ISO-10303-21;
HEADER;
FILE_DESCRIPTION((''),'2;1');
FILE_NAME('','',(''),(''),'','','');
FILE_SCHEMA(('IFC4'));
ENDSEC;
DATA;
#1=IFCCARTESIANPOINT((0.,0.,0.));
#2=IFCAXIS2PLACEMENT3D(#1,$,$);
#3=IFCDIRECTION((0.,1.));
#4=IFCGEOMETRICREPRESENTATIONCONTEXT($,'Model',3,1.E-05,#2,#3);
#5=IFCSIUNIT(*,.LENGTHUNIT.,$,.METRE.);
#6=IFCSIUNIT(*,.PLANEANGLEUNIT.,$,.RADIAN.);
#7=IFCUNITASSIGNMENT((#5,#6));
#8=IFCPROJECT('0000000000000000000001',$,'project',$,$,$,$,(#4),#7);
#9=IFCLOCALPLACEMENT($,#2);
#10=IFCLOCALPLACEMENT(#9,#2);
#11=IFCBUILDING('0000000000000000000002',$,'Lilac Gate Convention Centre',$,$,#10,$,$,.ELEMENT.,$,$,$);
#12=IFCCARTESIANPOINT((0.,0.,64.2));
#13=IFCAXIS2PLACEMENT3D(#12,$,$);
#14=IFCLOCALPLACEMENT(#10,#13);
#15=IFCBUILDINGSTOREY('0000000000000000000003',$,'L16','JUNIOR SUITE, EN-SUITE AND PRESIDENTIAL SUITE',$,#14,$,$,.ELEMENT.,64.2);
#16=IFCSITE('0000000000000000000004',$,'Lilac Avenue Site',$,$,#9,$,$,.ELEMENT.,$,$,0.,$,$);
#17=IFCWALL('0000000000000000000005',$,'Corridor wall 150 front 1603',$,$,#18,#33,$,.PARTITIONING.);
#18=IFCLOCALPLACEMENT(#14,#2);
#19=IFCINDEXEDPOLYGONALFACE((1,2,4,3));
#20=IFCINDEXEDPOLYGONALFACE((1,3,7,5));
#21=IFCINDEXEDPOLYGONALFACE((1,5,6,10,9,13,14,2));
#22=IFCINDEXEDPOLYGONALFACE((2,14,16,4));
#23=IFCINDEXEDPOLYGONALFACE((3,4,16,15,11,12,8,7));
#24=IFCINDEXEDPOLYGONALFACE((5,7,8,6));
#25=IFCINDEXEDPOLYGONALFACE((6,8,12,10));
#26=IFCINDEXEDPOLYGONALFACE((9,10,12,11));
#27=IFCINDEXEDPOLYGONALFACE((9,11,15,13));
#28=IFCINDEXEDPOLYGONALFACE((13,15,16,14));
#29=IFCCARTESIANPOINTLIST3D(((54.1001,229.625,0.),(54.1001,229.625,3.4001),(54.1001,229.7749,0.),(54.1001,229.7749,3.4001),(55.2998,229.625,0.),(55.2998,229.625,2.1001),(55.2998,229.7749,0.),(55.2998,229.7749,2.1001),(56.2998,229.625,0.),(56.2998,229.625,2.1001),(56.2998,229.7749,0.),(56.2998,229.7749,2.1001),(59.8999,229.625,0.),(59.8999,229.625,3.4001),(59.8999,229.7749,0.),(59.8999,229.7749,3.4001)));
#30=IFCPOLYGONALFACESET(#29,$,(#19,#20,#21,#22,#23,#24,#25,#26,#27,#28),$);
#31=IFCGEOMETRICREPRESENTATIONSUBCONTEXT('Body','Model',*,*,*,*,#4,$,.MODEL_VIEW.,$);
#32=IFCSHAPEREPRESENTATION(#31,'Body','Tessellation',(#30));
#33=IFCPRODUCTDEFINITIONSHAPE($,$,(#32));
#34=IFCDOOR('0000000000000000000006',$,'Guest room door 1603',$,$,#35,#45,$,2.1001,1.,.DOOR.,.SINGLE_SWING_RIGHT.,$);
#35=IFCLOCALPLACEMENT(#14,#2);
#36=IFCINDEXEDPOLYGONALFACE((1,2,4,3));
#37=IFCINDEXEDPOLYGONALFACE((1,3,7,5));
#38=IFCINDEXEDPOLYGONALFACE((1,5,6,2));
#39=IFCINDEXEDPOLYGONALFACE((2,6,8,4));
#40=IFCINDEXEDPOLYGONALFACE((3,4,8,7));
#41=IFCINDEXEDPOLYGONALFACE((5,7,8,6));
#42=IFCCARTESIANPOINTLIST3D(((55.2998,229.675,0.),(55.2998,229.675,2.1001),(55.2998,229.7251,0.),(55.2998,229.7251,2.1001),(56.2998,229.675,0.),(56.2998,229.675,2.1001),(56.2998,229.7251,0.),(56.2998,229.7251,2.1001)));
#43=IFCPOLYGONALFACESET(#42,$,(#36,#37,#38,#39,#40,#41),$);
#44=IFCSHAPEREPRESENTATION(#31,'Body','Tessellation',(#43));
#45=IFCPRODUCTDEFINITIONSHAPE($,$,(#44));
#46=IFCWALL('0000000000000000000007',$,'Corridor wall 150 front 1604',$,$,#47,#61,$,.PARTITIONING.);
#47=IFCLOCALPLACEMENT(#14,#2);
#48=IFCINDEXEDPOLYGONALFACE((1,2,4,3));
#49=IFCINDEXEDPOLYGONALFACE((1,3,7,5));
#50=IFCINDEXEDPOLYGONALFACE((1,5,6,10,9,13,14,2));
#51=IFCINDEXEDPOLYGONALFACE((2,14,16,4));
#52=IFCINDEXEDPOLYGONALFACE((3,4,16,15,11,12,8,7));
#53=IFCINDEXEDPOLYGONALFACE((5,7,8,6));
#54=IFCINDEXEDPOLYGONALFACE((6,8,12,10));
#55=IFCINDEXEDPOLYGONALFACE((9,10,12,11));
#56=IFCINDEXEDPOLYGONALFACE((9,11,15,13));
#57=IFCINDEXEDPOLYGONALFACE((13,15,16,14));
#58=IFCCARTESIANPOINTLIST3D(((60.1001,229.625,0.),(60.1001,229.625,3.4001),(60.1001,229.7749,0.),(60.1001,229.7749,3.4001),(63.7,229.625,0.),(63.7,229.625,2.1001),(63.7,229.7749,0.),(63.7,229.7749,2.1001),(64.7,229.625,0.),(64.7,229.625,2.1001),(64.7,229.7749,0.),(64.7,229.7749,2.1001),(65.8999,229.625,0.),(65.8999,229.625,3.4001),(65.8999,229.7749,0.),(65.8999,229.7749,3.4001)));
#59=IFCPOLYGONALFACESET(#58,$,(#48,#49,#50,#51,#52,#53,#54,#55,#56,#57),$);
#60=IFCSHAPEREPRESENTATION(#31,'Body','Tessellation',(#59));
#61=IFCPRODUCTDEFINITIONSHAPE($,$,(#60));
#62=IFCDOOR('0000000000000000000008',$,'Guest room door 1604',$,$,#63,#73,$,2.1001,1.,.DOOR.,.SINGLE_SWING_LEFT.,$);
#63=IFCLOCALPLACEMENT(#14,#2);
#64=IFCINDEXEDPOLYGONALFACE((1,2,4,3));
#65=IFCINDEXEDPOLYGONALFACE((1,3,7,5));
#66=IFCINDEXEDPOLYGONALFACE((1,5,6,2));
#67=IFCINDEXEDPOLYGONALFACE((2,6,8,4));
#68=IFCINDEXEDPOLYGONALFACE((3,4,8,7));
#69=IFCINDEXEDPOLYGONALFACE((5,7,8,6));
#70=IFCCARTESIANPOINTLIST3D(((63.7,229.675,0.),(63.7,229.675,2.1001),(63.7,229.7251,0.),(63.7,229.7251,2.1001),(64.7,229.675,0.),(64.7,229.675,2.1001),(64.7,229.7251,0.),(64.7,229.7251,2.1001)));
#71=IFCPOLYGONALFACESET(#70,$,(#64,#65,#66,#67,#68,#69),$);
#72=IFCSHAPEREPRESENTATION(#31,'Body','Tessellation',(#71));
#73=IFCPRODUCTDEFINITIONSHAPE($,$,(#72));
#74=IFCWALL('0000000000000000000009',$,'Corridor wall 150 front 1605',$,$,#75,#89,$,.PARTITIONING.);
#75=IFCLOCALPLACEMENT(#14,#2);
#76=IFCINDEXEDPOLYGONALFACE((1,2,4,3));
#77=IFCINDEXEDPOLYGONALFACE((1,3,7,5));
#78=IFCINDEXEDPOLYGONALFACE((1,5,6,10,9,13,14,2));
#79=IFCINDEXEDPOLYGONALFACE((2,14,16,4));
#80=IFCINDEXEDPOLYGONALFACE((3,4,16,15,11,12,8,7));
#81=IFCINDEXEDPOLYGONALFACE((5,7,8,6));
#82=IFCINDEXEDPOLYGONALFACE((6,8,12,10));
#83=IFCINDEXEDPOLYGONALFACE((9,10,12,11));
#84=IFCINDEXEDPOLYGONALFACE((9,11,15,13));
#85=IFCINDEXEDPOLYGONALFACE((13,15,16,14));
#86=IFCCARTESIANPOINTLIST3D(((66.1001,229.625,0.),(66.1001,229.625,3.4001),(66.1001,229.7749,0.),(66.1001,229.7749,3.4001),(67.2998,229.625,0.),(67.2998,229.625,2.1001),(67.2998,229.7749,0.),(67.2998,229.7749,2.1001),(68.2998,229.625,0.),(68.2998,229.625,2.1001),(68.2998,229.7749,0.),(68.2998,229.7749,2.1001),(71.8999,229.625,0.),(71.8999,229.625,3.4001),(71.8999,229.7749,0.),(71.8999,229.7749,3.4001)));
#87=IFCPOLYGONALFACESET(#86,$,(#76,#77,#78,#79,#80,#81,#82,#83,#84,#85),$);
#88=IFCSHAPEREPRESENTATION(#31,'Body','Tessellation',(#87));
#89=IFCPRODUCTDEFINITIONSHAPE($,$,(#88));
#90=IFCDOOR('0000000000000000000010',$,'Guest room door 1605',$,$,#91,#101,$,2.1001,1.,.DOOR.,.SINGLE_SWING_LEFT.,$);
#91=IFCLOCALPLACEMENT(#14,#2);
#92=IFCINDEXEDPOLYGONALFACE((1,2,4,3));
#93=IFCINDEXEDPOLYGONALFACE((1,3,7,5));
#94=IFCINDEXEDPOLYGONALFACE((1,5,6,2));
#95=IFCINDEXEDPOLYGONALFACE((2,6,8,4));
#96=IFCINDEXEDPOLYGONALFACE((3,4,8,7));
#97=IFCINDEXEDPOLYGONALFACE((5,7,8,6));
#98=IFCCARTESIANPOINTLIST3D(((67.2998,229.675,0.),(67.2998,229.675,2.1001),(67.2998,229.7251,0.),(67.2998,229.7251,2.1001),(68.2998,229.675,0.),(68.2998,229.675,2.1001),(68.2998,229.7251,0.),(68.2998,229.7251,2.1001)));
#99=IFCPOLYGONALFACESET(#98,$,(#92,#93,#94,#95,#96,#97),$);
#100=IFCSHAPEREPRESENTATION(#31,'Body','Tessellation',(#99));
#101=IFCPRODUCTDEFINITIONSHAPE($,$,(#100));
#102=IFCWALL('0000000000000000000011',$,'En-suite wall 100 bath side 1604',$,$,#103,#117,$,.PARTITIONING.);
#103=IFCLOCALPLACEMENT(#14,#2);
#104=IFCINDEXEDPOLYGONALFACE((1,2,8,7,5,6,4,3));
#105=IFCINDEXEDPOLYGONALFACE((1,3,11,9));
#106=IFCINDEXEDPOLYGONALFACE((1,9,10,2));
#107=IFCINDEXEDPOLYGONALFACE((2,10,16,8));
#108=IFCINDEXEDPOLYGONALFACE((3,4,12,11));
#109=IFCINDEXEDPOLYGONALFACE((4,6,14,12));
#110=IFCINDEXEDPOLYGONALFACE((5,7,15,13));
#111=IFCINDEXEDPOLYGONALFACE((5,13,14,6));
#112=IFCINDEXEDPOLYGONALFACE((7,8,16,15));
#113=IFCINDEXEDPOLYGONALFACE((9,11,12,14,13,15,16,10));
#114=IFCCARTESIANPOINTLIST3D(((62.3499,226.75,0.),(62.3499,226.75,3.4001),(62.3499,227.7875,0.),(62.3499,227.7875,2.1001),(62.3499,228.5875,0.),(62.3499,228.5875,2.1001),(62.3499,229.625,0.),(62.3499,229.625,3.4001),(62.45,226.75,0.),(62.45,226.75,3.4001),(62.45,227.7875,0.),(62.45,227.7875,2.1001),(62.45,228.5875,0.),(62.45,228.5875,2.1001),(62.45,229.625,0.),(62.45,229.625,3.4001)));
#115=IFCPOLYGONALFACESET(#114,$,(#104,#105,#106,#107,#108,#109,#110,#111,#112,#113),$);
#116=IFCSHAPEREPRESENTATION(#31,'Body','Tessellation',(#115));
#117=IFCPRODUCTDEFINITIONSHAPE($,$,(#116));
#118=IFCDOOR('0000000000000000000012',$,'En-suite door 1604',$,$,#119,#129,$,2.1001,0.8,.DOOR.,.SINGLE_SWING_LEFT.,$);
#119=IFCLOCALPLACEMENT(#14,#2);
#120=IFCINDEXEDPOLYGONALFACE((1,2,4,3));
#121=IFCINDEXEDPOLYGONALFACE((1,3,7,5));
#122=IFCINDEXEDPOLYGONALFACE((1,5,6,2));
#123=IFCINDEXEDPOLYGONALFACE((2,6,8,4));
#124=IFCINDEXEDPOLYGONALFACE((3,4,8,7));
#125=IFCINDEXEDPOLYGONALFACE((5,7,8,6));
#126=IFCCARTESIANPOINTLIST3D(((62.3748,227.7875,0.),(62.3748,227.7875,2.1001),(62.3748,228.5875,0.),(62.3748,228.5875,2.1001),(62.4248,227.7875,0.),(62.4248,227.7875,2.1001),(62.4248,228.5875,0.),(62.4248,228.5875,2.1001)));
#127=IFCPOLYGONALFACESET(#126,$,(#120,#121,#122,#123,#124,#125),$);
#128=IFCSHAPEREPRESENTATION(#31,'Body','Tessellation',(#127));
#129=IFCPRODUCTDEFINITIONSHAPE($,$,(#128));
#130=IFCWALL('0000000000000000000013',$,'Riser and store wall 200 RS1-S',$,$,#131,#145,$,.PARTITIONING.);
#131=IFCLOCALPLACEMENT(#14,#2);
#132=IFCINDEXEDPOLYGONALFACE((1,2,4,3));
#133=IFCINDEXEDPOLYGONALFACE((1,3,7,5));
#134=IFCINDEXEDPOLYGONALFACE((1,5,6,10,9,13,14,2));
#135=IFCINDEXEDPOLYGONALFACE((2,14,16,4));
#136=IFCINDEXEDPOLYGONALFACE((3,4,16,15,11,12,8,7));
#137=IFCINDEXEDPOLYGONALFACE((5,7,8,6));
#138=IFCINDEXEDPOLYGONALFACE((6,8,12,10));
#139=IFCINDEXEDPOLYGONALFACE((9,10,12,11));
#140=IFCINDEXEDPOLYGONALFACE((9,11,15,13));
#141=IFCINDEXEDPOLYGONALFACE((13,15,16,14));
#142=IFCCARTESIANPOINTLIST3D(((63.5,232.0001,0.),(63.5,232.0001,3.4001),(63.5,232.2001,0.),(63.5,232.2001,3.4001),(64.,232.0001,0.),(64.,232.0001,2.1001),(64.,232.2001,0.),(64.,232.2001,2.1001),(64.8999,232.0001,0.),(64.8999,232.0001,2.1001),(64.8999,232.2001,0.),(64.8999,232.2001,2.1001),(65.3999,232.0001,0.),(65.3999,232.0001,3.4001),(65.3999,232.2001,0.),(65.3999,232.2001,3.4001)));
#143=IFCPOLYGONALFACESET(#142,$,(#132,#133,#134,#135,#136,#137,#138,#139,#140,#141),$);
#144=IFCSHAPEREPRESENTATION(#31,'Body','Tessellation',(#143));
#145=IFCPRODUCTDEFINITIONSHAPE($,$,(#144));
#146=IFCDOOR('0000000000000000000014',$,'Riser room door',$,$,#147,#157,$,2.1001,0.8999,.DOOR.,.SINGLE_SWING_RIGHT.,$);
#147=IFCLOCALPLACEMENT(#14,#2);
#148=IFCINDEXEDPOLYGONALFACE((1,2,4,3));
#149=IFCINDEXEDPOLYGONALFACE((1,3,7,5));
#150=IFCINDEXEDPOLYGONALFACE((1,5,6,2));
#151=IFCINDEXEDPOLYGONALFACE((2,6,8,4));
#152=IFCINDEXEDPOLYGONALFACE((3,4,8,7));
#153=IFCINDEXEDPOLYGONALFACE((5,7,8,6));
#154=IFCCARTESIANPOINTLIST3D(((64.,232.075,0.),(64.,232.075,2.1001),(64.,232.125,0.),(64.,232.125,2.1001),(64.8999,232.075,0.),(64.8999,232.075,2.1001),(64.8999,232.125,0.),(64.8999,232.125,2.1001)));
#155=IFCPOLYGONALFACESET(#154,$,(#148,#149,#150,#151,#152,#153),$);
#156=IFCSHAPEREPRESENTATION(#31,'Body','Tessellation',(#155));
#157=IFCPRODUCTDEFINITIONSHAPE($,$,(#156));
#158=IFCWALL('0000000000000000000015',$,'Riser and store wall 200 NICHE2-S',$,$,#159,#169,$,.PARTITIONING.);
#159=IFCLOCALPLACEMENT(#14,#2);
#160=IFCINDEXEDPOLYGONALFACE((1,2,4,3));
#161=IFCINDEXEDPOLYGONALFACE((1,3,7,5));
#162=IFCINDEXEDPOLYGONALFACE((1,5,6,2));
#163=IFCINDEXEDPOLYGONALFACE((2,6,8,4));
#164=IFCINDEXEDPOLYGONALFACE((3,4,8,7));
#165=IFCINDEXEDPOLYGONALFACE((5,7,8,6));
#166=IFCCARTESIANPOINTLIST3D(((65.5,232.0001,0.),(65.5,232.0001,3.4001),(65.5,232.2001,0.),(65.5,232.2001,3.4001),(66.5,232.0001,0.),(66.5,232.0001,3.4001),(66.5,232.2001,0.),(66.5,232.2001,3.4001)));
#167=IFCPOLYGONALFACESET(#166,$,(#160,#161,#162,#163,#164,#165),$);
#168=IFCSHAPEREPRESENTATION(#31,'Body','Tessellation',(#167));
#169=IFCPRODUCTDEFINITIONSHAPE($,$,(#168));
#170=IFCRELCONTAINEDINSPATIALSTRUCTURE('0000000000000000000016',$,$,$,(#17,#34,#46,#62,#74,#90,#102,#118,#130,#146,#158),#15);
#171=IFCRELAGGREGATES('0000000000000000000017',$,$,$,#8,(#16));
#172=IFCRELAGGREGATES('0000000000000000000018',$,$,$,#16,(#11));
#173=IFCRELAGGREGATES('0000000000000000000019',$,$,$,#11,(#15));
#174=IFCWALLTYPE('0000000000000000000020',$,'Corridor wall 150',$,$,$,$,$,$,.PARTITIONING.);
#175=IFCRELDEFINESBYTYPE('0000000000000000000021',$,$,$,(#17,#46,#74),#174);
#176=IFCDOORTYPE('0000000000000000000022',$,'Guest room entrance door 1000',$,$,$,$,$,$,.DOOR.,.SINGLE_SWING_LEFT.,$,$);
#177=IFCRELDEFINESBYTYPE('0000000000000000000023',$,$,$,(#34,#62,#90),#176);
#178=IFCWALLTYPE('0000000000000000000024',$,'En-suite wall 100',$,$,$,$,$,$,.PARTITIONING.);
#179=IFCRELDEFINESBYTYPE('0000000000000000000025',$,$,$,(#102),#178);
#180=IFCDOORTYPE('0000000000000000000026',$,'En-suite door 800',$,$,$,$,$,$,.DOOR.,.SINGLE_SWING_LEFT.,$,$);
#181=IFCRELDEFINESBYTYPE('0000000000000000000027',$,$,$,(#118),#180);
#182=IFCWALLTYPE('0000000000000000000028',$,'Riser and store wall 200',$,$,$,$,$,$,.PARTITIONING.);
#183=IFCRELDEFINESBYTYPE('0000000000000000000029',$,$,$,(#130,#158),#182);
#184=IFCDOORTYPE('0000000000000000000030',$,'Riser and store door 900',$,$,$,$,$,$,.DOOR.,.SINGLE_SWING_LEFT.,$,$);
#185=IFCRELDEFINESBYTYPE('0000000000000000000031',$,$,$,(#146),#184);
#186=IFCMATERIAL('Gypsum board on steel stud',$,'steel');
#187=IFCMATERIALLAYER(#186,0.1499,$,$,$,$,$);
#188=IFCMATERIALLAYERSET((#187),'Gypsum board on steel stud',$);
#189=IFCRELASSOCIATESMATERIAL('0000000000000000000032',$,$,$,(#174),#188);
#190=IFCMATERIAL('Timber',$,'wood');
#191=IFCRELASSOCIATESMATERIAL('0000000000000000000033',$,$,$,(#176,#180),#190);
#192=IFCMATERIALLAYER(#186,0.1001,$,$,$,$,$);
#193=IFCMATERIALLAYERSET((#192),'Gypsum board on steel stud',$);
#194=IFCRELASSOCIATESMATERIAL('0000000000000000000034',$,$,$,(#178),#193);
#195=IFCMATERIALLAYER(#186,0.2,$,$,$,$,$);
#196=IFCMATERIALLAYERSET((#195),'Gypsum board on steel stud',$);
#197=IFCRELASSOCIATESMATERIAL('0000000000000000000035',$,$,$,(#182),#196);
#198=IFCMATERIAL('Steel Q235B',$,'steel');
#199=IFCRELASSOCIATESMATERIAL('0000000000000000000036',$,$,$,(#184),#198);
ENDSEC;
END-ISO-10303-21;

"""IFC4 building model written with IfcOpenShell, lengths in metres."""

from ifc_helpers import new_model, si_unit, direction, frame, frame_2d, origin, place, context, subcontext, project, spatial, rectangle, extrude, material, layer, layer_set, type_object, element, fill, save


model = new_model("IFC4")

# Units and contexts
model_context = context("Model", 3, precision=1e-05, world=origin(), true_north=direction((0.0, 1.0)))
body_context = subcontext(model_context, "Body", "Model", "MODEL_VIEW")
ifc_project = project(units=[si_unit("LENGTHUNIT", "METRE"), si_unit("PLANEANGLEUNIT", "RADIAN")], contexts=[model_context])

# Site, building, storey
site_placement = place(None, origin())
site = spatial("IfcSite", under=ifc_project, at=site_placement, Name="Lilac Avenue Site", CompositionType="ELEMENT", RefElevation=0.0)
building_placement = place(site_placement, origin())
building = spatial("IfcBuilding", under=site, at=building_placement, Name="Lilac Gate Convention Centre", CompositionType="ELEMENT")
storey_placement = place(building_placement, frame((0.0, 0.0, 64.2)))
storey = spatial("IfcBuildingStorey", under=building, at=storey_placement, Name="L16", Description="JUNIOR SUITE, EN-SUITE AND PRESIDENTIAL SUITE", CompositionType="ELEMENT", Elevation=64.2)

# Walls, openings, doors
ifc_material_1 = material(Name="Gypsum board on steel stud", Category="steel")
ifc_layer_1 = layer(ifc_material_1, 0.1499)
ifc_layer_set_1 = layer_set([ifc_layer_1], Name="Gypsum board on steel stud")
wall_type_1 = type_object("IfcWallType", Name="Corridor wall 150", PredefinedType="PARTITIONING", material=ifc_layer_set_1)
wall_1_placement = place(storey_placement, frame((59.8999, 229.7, 0.0), z_axis=(0.0, 0.0, 1.0), x_axis=(-1.0, 0.0, 0.0)))
wall_1 = element("IfcWall", 1, at=wall_1_placement, inside=storey, type_object=wall_type_1, Name="Corridor wall 150 front 1603", PredefinedType="PARTITIONING", context=body_context, shape_type="SweptSolid", body=[
    extrude(rectangle(XDim=5.7998, YDim=0.1499, at=frame_2d((2.8999, 0.0))), origin(), (0.0, 0.0, 1.0), 3.4001),
])
opening_1_placement = place(wall_1_placement, frame((3.6001, 0.0, 0.0)))
opening_1 = element("IfcOpeningElement", 2, at=opening_1_placement, cuts=wall_1, PredefinedType="OPENING", context=body_context, shape_type="SweptSolid", body=[
    extrude(rectangle(XDim=1.0, YDim=2.1001, at=frame_2d((0.5, 1.05))), frame((0.0, 0.085, 0.0), z_axis=(0.0, -1.0, 0.0), x_axis=(1.0, 0.0, 0.0)), (0.0, 0.0, 1.0), 0.1699),
])
ifc_material_2 = material(Name="Timber", Category="wood")
door_type_1 = type_object("IfcDoorType", Name="Guest room entrance door 1000", OperationType="SINGLE_SWING_LEFT", PredefinedType="DOOR", material=ifc_material_2)
door_1_placement = place(opening_1_placement, origin())
door_1 = element("IfcDoor", 3, at=door_1_placement, inside=storey, type_object=door_type_1, Name="Guest room door 1603", OperationType="SINGLE_SWING_RIGHT", OverallHeight=2.1001, OverallWidth=1.0, PredefinedType="DOOR", context=body_context, shape_type="SweptSolid", body=[
    extrude(rectangle(XDim=1.0, YDim=2.1001, at=frame_2d((0.5, 1.05))), frame((0.0, 0.0249, 0.0), z_axis=(0.0, -1.0, 0.0), x_axis=(1.0, 0.0, 0.0)), (0.0, 0.0, 1.0), 0.05),
])
fill(opening_1, door_1)
wall_2_placement = place(storey_placement, frame((65.8999, 229.7, 0.0), z_axis=(0.0, 0.0, 1.0), x_axis=(-1.0, 0.0, 0.0)))
wall_2 = element("IfcWall", 4, at=wall_2_placement, inside=storey, type_object=wall_type_1, Name="Corridor wall 150 front 1604", PredefinedType="PARTITIONING", context=body_context, shape_type="SweptSolid", body=[
    extrude(rectangle(XDim=5.7998, YDim=0.1499, at=frame_2d((2.8999, 0.0))), origin(), (0.0, 0.0, 1.0), 3.4001),
])
opening_2_placement = place(wall_2_placement, frame((1.2, 0.0, 0.0)))
opening_2 = element("IfcOpeningElement", 5, at=opening_2_placement, cuts=wall_2, PredefinedType="OPENING", context=body_context, shape_type="SweptSolid", body=[
    extrude(rectangle(XDim=1.0, YDim=2.1001, at=frame_2d((0.5, 1.05))), frame((0.0, 0.085, 0.0), z_axis=(0.0, -1.0, 0.0), x_axis=(1.0, 0.0, 0.0)), (0.0, 0.0, 1.0), 0.1699),
])
door_2_placement = place(opening_2_placement, origin())
door_2 = element("IfcDoor", 6, at=door_2_placement, inside=storey, type_object=door_type_1, Name="Guest room door 1604", OperationType="SINGLE_SWING_LEFT", OverallHeight=2.1001, OverallWidth=1.0, PredefinedType="DOOR", context=body_context, shape_type="SweptSolid", body=[
    extrude(rectangle(XDim=1.0, YDim=2.1001, at=frame_2d((0.5, 1.05))), frame((0.0, 0.0249, 0.0), z_axis=(0.0, -1.0, 0.0), x_axis=(1.0, 0.0, 0.0)), (0.0, 0.0, 1.0), 0.05),
])
fill(opening_2, door_2)
wall_3_placement = place(storey_placement, frame((71.8999, 229.7, 0.0), z_axis=(0.0, 0.0, 1.0), x_axis=(-1.0, 0.0, 0.0)))
wall_3 = element("IfcWall", 7, at=wall_3_placement, inside=storey, type_object=wall_type_1, Name="Corridor wall 150 front 1605", PredefinedType="PARTITIONING", context=body_context, shape_type="SweptSolid", body=[
    extrude(rectangle(XDim=5.7998, YDim=0.1499, at=frame_2d((2.8999, 0.0))), origin(), (0.0, 0.0, 1.0), 3.4001),
])
opening_3_placement = place(wall_3_placement, frame((3.6001, 0.0, 0.0)))
opening_3 = element("IfcOpeningElement", 8, at=opening_3_placement, cuts=wall_3, PredefinedType="OPENING", context=body_context, shape_type="SweptSolid", body=[
    extrude(rectangle(XDim=1.0, YDim=2.1001, at=frame_2d((0.5, 1.05))), frame((0.0, 0.085, 0.0), z_axis=(0.0, -1.0, 0.0), x_axis=(1.0, 0.0, 0.0)), (0.0, 0.0, 1.0), 0.1699),
])
door_3_placement = place(opening_3_placement, origin())
door_3 = element("IfcDoor", 9, at=door_3_placement, inside=storey, type_object=door_type_1, Name="Guest room door 1605", OperationType="SINGLE_SWING_LEFT", OverallHeight=2.1001, OverallWidth=1.0, PredefinedType="DOOR", context=body_context, shape_type="SweptSolid", body=[
    extrude(rectangle(XDim=1.0, YDim=2.1001, at=frame_2d((0.5, 1.05))), frame((0.0, 0.0249, 0.0), z_axis=(0.0, -1.0, 0.0), x_axis=(1.0, 0.0, 0.0)), (0.0, 0.0, 1.0), 0.05),
])
fill(opening_3, door_3)
ifc_layer_2 = layer(ifc_material_1, 0.1001)
ifc_layer_set_2 = layer_set([ifc_layer_2], Name="Gypsum board on steel stud")
wall_type_2 = type_object("IfcWallType", Name="En-suite wall 100", PredefinedType="PARTITIONING", material=ifc_layer_set_2)
wall_4_placement = place(storey_placement, frame((62.3999, 229.625, 0.0), z_axis=(0.0, 0.0, 1.0), x_axis=(0.0, -1.0, 0.0)))
wall_4 = element("IfcWall", 10, at=wall_4_placement, inside=storey, type_object=wall_type_2, Name="En-suite wall 100 bath side 1604", PredefinedType="PARTITIONING", context=body_context, shape_type="SweptSolid", body=[
    extrude(rectangle(XDim=2.875, YDim=0.1001, at=frame_2d((1.4375, 0.0))), origin(), (0.0, 0.0, 1.0), 3.4001),
])
opening_4_placement = place(wall_4_placement, frame((1.0376, 0.0, 0.0)))
opening_4 = element("IfcOpeningElement", 11, at=opening_4_placement, cuts=wall_4, PredefinedType="OPENING", context=body_context, shape_type="SweptSolid", body=[
    extrude(rectangle(XDim=0.8, YDim=2.1001, at=frame_2d((0.3999, 1.05))), frame((0.0, 0.0601, 0.0), z_axis=(0.0, -1.0, 0.0), x_axis=(1.0, 0.0, 0.0)), (0.0, 0.0, 1.0), 0.1201),
])
door_type_2 = type_object("IfcDoorType", Name="En-suite door 800", OperationType="SINGLE_SWING_LEFT", PredefinedType="DOOR", material=ifc_material_2)
door_4_placement = place(opening_4_placement, origin())
door_4 = element("IfcDoor", 12, at=door_4_placement, inside=storey, type_object=door_type_2, Name="En-suite door 1604", OperationType="SINGLE_SWING_LEFT", OverallHeight=2.1001, OverallWidth=0.8, PredefinedType="DOOR", context=body_context, shape_type="SweptSolid", body=[
    extrude(rectangle(XDim=0.8, YDim=2.1001, at=frame_2d((0.3999, 1.05))), frame((0.0, 0.0249, 0.0), z_axis=(0.0, -1.0, 0.0), x_axis=(1.0, 0.0, 0.0)), (0.0, 0.0, 1.0), 0.05),
])
fill(opening_4, door_4)
ifc_layer_3 = layer(ifc_material_1, 0.2)
ifc_layer_set_3 = layer_set([ifc_layer_3], Name="Gypsum board on steel stud")
wall_type_3 = type_object("IfcWallType", Name="Riser and store wall 200", PredefinedType="PARTITIONING", material=ifc_layer_set_3)
wall_5_placement = place(storey_placement, frame((63.5, 232.1001, 0.0), z_axis=(0.0, 0.0, 1.0), x_axis=(1.0, 0.0, 0.0)))
wall_5 = element("IfcWall", 13, at=wall_5_placement, inside=storey, type_object=wall_type_3, Name="Riser and store wall 200 RS1-S", PredefinedType="PARTITIONING", context=body_context, shape_type="SweptSolid", body=[
    extrude(rectangle(XDim=1.8999, YDim=0.2, at=frame_2d((0.95, 0.0))), origin(), (0.0, 0.0, 1.0), 3.4001),
])
opening_5_placement = place(wall_5_placement, frame((0.5, 0.0, 0.0)))
opening_5 = element("IfcOpeningElement", 14, at=opening_5_placement, cuts=wall_5, PredefinedType="OPENING", context=body_context, shape_type="SweptSolid", body=[
    extrude(rectangle(XDim=0.8999, YDim=2.1001, at=frame_2d((0.45, 1.05))), frame((0.0, 0.1099, 0.0), z_axis=(0.0, -1.0, 0.0), x_axis=(1.0, 0.0, 0.0)), (0.0, 0.0, 1.0), 0.22),
])
ifc_material_3 = material(Name="Steel Q235B", Category="steel")
door_type_3 = type_object("IfcDoorType", Name="Riser and store door 900", OperationType="SINGLE_SWING_LEFT", PredefinedType="DOOR", material=ifc_material_3)
door_5_placement = place(opening_5_placement, origin())
door_5 = element("IfcDoor", 15, at=door_5_placement, inside=storey, type_object=door_type_3, Name="Riser room door", OperationType="SINGLE_SWING_RIGHT", OverallHeight=2.1001, OverallWidth=0.8999, PredefinedType="DOOR", context=body_context, shape_type="SweptSolid", body=[
    extrude(rectangle(XDim=0.8999, YDim=2.1001, at=frame_2d((0.45, 1.05))), frame((0.0, 0.0249, 0.0), z_axis=(0.0, -1.0, 0.0), x_axis=(1.0, 0.0, 0.0)), (0.0, 0.0, 1.0), 0.05),
])
fill(opening_5, door_5)

# Wall
wall_6_placement = place(storey_placement, frame((65.5, 232.1001, 0.0), z_axis=(0.0, 0.0, 1.0), x_axis=(1.0, 0.0, 0.0)))
element("IfcWall", 16, at=wall_6_placement, inside=storey, type_object=wall_type_3, Name="Riser and store wall 200 NICHE2-S", PredefinedType="PARTITIONING", context=body_context, shape_type="SweptSolid", body=[
    extrude(rectangle(XDim=1.0, YDim=0.2, at=frame_2d((0.5, 0.0))), origin(), (0.0, 0.0, 1.0), 3.4001),
])

save(model, "model.ifc")
